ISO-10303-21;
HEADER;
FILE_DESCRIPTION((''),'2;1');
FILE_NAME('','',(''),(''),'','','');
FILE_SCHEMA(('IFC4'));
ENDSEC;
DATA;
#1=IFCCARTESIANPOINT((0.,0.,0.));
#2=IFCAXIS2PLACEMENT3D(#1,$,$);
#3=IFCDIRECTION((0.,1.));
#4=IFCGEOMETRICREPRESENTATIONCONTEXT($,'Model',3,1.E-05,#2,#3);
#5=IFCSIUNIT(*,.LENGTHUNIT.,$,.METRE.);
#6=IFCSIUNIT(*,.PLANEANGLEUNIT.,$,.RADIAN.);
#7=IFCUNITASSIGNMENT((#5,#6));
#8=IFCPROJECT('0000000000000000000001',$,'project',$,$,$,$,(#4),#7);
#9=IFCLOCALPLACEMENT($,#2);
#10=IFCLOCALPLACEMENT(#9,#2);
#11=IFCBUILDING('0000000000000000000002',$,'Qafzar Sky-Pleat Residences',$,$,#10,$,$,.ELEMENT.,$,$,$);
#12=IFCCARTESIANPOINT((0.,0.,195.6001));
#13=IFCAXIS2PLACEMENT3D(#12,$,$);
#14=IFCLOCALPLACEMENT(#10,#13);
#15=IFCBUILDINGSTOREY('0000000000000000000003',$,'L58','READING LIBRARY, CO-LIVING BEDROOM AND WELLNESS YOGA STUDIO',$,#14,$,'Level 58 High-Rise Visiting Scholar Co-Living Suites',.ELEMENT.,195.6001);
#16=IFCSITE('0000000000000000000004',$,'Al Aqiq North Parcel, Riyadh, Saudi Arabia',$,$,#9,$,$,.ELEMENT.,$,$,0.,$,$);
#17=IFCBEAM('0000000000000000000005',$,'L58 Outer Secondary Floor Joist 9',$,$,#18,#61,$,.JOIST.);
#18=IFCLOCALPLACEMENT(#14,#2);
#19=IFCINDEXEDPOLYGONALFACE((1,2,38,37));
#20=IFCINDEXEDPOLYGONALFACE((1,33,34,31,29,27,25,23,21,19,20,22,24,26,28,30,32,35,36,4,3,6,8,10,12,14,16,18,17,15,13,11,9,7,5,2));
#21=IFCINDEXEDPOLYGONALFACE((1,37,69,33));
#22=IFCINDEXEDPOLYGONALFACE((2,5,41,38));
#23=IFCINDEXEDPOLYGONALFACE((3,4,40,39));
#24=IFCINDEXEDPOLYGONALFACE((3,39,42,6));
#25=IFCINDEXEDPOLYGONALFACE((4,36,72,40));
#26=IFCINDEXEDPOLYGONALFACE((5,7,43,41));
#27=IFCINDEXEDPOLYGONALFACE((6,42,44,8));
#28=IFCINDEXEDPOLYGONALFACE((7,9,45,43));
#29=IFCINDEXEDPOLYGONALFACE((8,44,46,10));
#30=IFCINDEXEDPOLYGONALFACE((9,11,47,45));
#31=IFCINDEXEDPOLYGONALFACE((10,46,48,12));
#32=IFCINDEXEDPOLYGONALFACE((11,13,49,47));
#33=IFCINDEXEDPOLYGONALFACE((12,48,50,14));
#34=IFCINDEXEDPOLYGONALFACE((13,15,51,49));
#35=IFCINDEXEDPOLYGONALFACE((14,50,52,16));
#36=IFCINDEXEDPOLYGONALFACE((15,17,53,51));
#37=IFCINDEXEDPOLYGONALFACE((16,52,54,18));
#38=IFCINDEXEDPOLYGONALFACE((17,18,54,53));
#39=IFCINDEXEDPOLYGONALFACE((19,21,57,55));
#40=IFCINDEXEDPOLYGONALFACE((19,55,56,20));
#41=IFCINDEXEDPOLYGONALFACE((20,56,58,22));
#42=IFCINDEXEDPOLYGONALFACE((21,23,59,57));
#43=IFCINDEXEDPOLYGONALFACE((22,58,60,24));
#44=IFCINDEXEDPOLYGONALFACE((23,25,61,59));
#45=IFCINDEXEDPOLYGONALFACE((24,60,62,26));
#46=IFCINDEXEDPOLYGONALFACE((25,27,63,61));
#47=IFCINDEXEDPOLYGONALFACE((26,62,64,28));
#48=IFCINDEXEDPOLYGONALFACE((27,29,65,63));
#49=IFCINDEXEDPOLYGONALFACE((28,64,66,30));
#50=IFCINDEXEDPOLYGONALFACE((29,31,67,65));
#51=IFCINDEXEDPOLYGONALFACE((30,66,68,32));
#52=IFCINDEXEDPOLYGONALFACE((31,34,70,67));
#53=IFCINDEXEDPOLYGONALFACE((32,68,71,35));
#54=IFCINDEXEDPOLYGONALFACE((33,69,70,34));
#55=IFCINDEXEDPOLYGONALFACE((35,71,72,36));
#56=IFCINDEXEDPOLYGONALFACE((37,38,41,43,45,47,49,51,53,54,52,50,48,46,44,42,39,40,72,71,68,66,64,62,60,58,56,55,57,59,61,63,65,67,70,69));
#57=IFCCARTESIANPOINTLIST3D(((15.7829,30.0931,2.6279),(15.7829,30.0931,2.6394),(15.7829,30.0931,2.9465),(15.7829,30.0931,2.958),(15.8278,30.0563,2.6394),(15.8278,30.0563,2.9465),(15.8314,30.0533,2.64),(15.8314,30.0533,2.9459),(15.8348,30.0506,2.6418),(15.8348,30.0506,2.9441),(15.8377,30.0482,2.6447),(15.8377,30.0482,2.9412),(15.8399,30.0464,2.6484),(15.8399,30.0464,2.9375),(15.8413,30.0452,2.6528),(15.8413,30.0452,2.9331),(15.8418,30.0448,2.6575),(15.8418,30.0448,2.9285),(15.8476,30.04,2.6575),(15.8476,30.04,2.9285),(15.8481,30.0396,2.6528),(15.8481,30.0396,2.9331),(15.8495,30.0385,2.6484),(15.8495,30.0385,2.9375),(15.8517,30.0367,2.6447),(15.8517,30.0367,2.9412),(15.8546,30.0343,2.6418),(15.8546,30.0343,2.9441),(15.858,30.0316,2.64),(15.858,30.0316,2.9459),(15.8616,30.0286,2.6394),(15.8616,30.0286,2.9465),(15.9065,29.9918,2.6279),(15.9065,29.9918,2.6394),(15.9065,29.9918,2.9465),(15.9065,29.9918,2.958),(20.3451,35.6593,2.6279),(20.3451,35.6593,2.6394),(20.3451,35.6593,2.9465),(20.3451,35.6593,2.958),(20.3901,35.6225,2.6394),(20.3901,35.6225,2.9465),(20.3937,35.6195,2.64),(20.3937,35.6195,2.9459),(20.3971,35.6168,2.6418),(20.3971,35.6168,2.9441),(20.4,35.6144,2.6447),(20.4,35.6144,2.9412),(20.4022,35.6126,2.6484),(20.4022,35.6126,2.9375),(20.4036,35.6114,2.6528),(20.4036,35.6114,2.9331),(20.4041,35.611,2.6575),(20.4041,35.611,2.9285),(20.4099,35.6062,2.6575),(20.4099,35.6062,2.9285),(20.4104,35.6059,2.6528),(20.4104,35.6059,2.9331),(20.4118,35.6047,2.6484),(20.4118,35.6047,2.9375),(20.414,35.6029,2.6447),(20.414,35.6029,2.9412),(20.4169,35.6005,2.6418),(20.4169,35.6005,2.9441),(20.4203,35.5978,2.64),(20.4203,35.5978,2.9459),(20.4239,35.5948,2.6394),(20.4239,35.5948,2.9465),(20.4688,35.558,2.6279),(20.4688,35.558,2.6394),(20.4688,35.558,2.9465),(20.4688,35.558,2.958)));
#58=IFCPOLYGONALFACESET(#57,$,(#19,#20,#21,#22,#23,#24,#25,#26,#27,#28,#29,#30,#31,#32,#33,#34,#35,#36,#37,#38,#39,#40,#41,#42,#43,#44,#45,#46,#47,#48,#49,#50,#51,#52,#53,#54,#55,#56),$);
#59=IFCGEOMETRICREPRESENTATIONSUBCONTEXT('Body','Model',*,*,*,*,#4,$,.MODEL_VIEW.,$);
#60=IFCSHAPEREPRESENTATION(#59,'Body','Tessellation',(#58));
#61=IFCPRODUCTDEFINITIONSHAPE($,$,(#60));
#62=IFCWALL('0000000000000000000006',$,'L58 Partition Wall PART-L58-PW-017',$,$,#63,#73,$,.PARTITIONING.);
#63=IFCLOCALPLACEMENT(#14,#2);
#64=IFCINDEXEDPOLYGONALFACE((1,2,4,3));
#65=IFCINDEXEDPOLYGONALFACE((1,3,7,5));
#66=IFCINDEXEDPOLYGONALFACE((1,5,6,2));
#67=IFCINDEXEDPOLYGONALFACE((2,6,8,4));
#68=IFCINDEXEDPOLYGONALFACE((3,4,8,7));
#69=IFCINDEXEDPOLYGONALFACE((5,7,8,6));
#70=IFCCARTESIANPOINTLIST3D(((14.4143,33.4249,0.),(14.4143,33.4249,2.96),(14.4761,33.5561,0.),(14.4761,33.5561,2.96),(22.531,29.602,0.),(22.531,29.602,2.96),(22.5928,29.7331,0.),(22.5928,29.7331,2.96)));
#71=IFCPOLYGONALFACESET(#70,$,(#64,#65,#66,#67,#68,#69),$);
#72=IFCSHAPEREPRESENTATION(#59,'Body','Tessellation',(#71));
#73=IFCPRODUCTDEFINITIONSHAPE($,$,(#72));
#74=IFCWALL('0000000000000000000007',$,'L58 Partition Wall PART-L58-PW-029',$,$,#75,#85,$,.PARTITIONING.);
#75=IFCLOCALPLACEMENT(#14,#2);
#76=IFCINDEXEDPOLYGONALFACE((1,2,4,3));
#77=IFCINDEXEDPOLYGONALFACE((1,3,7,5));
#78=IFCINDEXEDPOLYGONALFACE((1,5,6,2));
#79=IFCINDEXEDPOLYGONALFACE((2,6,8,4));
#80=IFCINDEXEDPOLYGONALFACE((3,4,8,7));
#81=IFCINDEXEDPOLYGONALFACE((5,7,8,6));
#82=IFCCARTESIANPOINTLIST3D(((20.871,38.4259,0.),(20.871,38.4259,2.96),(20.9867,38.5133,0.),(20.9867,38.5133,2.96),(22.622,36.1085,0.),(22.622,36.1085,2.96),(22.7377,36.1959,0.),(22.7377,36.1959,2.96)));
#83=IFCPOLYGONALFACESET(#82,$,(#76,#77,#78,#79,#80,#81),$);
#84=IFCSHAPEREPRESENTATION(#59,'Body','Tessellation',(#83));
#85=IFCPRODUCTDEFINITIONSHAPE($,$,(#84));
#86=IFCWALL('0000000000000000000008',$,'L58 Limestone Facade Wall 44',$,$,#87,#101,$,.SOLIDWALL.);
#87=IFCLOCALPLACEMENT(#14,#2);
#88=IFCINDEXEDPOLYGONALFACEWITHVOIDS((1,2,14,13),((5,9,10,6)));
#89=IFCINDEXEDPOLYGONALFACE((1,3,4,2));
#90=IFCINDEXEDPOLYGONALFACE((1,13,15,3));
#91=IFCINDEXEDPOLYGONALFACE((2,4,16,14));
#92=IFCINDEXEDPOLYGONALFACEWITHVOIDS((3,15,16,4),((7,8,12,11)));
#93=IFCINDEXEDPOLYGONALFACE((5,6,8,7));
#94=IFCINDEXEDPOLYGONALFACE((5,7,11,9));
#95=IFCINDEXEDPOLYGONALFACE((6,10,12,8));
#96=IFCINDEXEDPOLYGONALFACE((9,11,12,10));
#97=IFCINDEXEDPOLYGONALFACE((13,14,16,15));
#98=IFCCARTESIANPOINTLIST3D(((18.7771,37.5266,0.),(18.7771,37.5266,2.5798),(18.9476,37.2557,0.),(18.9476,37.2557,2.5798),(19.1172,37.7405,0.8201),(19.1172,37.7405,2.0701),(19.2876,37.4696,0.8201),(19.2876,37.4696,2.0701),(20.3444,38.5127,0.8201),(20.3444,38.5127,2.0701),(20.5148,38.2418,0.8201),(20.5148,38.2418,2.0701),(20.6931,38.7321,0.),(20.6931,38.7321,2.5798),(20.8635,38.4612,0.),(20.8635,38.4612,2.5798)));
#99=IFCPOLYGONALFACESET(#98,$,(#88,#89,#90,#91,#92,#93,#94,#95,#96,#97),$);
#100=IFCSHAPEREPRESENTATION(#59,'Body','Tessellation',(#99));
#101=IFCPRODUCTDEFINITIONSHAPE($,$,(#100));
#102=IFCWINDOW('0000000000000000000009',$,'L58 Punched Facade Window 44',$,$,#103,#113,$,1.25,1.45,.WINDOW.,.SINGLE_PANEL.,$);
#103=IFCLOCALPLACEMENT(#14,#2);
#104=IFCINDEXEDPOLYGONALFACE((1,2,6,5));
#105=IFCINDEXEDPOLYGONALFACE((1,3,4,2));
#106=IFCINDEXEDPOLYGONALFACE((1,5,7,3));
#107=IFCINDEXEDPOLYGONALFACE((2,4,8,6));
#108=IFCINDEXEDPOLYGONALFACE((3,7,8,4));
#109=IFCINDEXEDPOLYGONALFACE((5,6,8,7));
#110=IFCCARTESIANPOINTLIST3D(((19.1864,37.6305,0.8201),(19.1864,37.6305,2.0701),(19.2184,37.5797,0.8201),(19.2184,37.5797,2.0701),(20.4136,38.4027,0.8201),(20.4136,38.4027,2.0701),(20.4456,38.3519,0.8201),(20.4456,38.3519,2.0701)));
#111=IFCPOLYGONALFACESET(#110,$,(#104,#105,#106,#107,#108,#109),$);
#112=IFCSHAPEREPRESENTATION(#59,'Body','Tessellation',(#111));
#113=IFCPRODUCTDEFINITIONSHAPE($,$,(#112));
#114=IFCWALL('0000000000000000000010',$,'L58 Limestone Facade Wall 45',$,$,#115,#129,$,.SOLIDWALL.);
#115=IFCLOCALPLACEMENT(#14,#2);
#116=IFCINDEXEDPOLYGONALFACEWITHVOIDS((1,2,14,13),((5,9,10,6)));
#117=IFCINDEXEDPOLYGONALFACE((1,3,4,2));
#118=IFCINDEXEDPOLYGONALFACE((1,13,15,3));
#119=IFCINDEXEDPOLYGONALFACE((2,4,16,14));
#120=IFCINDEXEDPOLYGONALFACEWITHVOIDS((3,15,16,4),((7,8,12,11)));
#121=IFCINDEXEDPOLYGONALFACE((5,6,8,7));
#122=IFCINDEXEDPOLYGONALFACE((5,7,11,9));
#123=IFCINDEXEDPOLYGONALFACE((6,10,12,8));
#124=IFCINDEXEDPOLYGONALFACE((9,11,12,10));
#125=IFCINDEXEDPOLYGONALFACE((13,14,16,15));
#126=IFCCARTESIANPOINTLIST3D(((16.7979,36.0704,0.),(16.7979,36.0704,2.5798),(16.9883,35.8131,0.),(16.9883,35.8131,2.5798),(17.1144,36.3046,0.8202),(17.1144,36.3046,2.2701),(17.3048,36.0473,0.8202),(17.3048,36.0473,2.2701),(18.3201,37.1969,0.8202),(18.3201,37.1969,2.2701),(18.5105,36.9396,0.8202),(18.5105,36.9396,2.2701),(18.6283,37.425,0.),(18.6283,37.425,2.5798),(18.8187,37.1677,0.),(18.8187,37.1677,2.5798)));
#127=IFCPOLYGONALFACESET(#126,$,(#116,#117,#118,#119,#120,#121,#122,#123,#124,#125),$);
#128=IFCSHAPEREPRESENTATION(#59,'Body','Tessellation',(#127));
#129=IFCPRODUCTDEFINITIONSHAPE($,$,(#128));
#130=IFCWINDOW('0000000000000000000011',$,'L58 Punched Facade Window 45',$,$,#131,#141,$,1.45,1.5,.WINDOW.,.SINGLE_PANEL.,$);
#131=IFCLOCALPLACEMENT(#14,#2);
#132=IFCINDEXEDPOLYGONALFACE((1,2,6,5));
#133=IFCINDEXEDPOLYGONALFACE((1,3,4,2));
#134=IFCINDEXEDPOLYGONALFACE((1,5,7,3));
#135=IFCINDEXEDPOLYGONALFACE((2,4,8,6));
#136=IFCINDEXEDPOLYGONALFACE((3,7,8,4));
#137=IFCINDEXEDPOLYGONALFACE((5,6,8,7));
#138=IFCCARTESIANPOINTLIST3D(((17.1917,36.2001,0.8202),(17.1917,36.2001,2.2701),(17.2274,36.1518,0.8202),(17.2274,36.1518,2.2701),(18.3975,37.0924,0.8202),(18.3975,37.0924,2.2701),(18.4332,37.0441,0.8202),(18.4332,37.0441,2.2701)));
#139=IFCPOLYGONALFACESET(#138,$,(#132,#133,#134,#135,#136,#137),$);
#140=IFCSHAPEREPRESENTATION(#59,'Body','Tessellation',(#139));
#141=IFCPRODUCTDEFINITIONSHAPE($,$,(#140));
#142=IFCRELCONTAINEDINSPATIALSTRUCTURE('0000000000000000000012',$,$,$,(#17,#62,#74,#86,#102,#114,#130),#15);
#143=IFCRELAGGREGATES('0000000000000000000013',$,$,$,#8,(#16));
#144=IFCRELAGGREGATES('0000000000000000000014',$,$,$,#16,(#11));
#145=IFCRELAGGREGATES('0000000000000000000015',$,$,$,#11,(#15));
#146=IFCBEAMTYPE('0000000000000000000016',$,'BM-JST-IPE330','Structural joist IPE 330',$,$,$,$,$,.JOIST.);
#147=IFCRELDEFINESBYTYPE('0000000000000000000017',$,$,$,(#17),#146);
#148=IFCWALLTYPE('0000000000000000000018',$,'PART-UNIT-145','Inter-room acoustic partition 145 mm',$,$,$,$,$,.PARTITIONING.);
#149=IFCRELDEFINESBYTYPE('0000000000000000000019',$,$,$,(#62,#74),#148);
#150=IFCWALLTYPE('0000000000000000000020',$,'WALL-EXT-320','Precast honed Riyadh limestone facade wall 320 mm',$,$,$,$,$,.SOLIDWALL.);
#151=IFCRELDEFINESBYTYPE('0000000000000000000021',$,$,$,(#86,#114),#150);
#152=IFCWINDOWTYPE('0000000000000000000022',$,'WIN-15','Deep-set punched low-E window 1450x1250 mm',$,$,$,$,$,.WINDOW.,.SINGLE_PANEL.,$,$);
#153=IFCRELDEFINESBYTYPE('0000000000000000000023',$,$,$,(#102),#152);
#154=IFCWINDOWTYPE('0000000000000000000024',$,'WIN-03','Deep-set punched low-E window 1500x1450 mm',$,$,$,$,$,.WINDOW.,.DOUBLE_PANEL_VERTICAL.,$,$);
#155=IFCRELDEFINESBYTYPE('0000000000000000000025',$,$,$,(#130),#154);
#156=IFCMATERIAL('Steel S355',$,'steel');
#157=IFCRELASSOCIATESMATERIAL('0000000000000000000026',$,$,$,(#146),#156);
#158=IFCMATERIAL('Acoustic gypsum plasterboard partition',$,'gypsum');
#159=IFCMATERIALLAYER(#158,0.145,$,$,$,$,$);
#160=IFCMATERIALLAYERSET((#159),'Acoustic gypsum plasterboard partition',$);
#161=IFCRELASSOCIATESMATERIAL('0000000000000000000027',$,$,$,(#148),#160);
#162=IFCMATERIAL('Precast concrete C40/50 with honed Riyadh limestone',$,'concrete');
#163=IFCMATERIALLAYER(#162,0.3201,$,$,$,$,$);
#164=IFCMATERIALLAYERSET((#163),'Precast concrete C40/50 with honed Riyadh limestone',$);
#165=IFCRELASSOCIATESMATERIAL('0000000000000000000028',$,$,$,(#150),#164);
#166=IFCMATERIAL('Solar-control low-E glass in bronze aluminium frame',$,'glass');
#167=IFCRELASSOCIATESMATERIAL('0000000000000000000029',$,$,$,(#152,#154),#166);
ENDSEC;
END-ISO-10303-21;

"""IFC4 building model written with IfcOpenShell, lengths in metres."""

from ifc_helpers import new_model, si_unit, direction, frame, frame_2d, origin, origin_2d, place, context, subcontext, project, spatial, rectangle, i_section, extrude, source, transform, mapped, material, layer, layer_set, material_profile, profile_set, type_object, element, fill, save


model = new_model("IFC4")

# Units and contexts
model_context = context("Model", 3, precision=1e-05, world=origin(), true_north=direction((0.0, 1.0)))
body_context = subcontext(model_context, "Body", "Model", "MODEL_VIEW")
ifc_project = project(units=[si_unit("LENGTHUNIT", "METRE"), si_unit("PLANEANGLEUNIT", "RADIAN")], contexts=[model_context])

# Site, building, storey
site_placement = place(None, origin())
site = spatial("IfcSite", under=ifc_project, at=site_placement, Name="Al Aqiq North Parcel, Riyadh, Saudi Arabia", CompositionType="ELEMENT", RefElevation=0.0)
building_placement = place(site_placement, origin())
building = spatial("IfcBuilding", under=site, at=building_placement, Name="Qafzar Sky-Pleat Residences", CompositionType="ELEMENT")
storey_placement = place(building_placement, frame((0.0, 0.0, 195.6001)))
storey = spatial("IfcBuildingStorey", under=building, at=storey_placement, Name="L58", Description="READING LIBRARY, CO-LIVING BEDROOM AND WELLNESS YOGA STUDIO", LongName="Level 58 High-Rise Visiting Scholar Co-Living Suites", CompositionType="ELEMENT", Elevation=195.6001)

# Shared definitions
ifc_material_1 = material(Name="Steel S355", Category="steel")

# Beam
ifc_material_profile_1 = material_profile(ifc_material_1, i_section(OverallWidth=0.1599, OverallDepth=0.3301, WebThickness=0.0076, FlangeThickness=0.0115, FilletRadius=0.0181, at=origin_2d()), Name="IPE 330")
ifc_profile_set_1 = profile_set([ifc_material_profile_1], Name="Steel S355")
beam_type_1 = type_object("IfcBeamType", Name="BM-JST-IPE330", Description="Structural joist IPE 330", PredefinedType="JOIST", material=ifc_profile_set_1)
shared_shape_1 = source(origin(), body_context, "Body", "SweptSolid", [
    extrude(i_section(OverallWidth=0.1599, OverallDepth=0.3301, WebThickness=0.0076, FlangeThickness=0.0115, FilletRadius=0.0181, at=origin_2d()), origin(), (0.0, 0.0, 1.0), 7.197),
])
beam_1_placement = place(storey_placement, frame((20.407, 35.6086, 2.793), z_axis=(-0.633914, -0.773404, 0.0), x_axis=(0.773404, -0.633914, 0.0)))
element("IfcBeam", 1, at=beam_1_placement, inside=storey, type_object=beam_type_1, Name="L58 Outer Secondary Floor Joist 9", PredefinedType="JOIST", context=body_context, shape_type="MappedRepresentation", body=[
    mapped(shared_shape_1, transform((0.0, 0.0, 0.0), x_axis=(1.0, 0.0, 0.0), y_axis=(0.0, 1.0, 0.0), z_axis=(0.0, 0.0, 1.0), scale=1.0)),
])

# Walls
ifc_material_2 = material(Name="Acoustic gypsum plasterboard partition", Category="gypsum")
ifc_layer_1 = layer(ifc_material_2, 0.145)
ifc_layer_set_1 = layer_set([ifc_layer_1], Name="Acoustic gypsum plasterboard partition")
wall_type_1 = type_object("IfcWallType", Name="PART-UNIT-145", Description="Inter-room acoustic partition 145 mm", PredefinedType="PARTITIONING", material=ifc_layer_set_1)
wall_1_placement = place(storey_placement, frame((14.4453, 33.4905, 0.0), z_axis=(0.0, 0.0, 1.0), x_axis=(0.904674, -0.426105, 0.0)))
element("IfcWall", 2, at=wall_1_placement, inside=storey, type_object=wall_type_1, Name="L58 Partition Wall PART-L58-PW-017", PredefinedType="PARTITIONING", context=body_context, shape_type="SweptSolid", body=[
    extrude(rectangle(XDim=8.9719, YDim=0.145, at=frame_2d((4.4858, 0.0))), origin(), (0.0, 0.0, 1.0), 2.96),
])
wall_2_placement = place(storey_placement, frame((20.929, 38.4695, 0.0), z_axis=(0.0, 0.0, 1.0), x_axis=(0.602847, -0.797857, 0.0)))
element("IfcWall", 3, at=wall_2_placement, inside=storey, type_object=wall_type_1, Name="L58 Partition Wall PART-L58-PW-029", PredefinedType="PARTITIONING", context=body_context, shape_type="SweptSolid", body=[
    extrude(rectangle(XDim=2.9045, YDim=0.145, at=frame_2d((1.4521, 0.0))), origin(), (0.0, 0.0, 1.0), 2.96),
])

# Walls, openings, windows
ifc_material_3 = material(Name="Precast concrete C40/50 with honed Riyadh limestone", Category="concrete")
ifc_layer_2 = layer(ifc_material_3, 0.3201)
ifc_layer_set_2 = layer_set([ifc_layer_2], Name="Precast concrete C40/50 with honed Riyadh limestone")
wall_type_2 = type_object("IfcWallType", Name="WALL-EXT-320", Description="Precast honed Riyadh limestone facade wall 320 mm", PredefinedType="SOLIDWALL", material=ifc_layer_set_2)
wall_3_placement = place(storey_placement, frame((20.7783, 38.5967, 0.0), z_axis=(0.0, 0.0, 1.0), x_axis=(-0.846395, -0.532556, 0.0)))
wall_3 = element("IfcWall", 4, at=wall_3_placement, inside=storey, type_object=wall_type_2, Name="L58 Limestone Facade Wall 44", PredefinedType="SOLIDWALL", context=body_context, shape_type="SweptSolid", body=[
    extrude(rectangle(XDim=2.2637, YDim=0.3201, at=frame_2d((1.1318, 0.0))), origin(), (0.0, 0.0, 1.0), 2.5798),
])
opening_1_placement = place(wall_3_placement, frame((0.4119, 0.0, 0.8201)))
opening_1 = element("IfcOpeningElement", 5, at=opening_1_placement, cuts=wall_3, PredefinedType="OPENING", context=body_context, shape_type="SweptSolid", body=[
    extrude(rectangle(XDim=1.45, YDim=1.25, at=frame_2d((0.7251, 0.625))), frame((0.0, 0.1699, 0.0), z_axis=(0.0, -1.0, 0.0), x_axis=(1.0, 0.0, 0.0)), (0.0, 0.0, 1.0), 0.3401),
])
ifc_material_4 = material(Name="Solar-control low-E glass in bronze aluminium frame", Category="glass")
window_type_1 = type_object("IfcWindowType", Name="WIN-15", Description="Deep-set punched low-E window 1450x1250 mm", PartitioningType="SINGLE_PANEL", PredefinedType="WINDOW", material=ifc_material_4)
shared_shape_2 = source(origin(), body_context, "Body", "SweptSolid", [
    extrude(rectangle(XDim=1.45, YDim=1.25, at=frame_2d((0.7251, 0.625))), frame((0.0, 0.03, 0.0), z_axis=(0.0, -1.0, 0.0), x_axis=(1.0, 0.0, 0.0)), (0.0, 0.0, 1.0), 0.0601),
])
window_1_placement = place(opening_1_placement, origin())
window_1 = element("IfcWindow", 6, at=window_1_placement, inside=storey, type_object=window_type_1, Name="L58 Punched Facade Window 44", OverallHeight=1.25, OverallWidth=1.45, PartitioningType="SINGLE_PANEL", PredefinedType="WINDOW", context=body_context, shape_type="MappedRepresentation", body=[
    mapped(shared_shape_2, transform((0.0, 0.0, 0.0), x_axis=(1.0, 0.0, 0.0), y_axis=(0.0, 1.0, 0.0), z_axis=(0.0, 0.0, 1.0), scale=1.0)),
])
fill(opening_1, window_1)
wall_4_placement = place(storey_placement, frame((18.7236, 37.2964, 0.0), z_axis=(0.0, 0.0, 1.0), x_axis=(-0.803831, -0.594858, 0.0)))
wall_4 = element("IfcWall", 7, at=wall_4_placement, inside=storey, type_object=wall_type_2, Name="L58 Limestone Facade Wall 45", PredefinedType="SOLIDWALL", context=body_context, shape_type="SweptSolid", body=[
    extrude(rectangle(XDim=2.2771, YDim=0.3201, at=frame_2d((1.1387, 0.0))), origin(), (0.0, 0.0, 1.0), 2.5798),
])
opening_2_placement = place(wall_4_placement, frame((0.3835, 0.0, 0.8201)))
opening_2 = element("IfcOpeningElement", 8, at=opening_2_placement, cuts=wall_4, PredefinedType="OPENING", context=body_context, shape_type="SweptSolid", body=[
    extrude(rectangle(XDim=1.5, YDim=1.45, at=frame_2d((0.75, 0.7251))), frame((0.0, 0.1699, 0.0), z_axis=(0.0, -1.0, 0.0), x_axis=(1.0, 0.0, 0.0)), (0.0, 0.0, 1.0), 0.3401),
])
window_type_2 = type_object("IfcWindowType", Name="WIN-03", Description="Deep-set punched low-E window 1500x1450 mm", PartitioningType="DOUBLE_PANEL_VERTICAL", PredefinedType="WINDOW", material=ifc_material_4)
shared_shape_3 = source(origin(), body_context, "Body", "SweptSolid", [
    extrude(rectangle(XDim=1.5, YDim=1.45, at=frame_2d((0.75, 0.7251))), frame((0.0, 0.03, 0.0), z_axis=(0.0, -1.0, 0.0), x_axis=(1.0, 0.0, 0.0)), (0.0, 0.0, 1.0), 0.0601),
])
window_2_placement = place(opening_2_placement, origin())
window_2 = element("IfcWindow", 9, at=window_2_placement, inside=storey, type_object=window_type_2, Name="L58 Punched Facade Window 45", OverallHeight=1.45, OverallWidth=1.5, PartitioningType="SINGLE_PANEL", PredefinedType="WINDOW", context=body_context, shape_type="MappedRepresentation", body=[
    mapped(shared_shape_3, transform((0.0, 0.0, 0.0), x_axis=(1.0, 0.0, 0.0), y_axis=(0.0, 1.0, 0.0), z_axis=(0.0, 0.0, 1.0), scale=1.0)),
])
fill(opening_2, window_2)

save(model, "model.ifc")
